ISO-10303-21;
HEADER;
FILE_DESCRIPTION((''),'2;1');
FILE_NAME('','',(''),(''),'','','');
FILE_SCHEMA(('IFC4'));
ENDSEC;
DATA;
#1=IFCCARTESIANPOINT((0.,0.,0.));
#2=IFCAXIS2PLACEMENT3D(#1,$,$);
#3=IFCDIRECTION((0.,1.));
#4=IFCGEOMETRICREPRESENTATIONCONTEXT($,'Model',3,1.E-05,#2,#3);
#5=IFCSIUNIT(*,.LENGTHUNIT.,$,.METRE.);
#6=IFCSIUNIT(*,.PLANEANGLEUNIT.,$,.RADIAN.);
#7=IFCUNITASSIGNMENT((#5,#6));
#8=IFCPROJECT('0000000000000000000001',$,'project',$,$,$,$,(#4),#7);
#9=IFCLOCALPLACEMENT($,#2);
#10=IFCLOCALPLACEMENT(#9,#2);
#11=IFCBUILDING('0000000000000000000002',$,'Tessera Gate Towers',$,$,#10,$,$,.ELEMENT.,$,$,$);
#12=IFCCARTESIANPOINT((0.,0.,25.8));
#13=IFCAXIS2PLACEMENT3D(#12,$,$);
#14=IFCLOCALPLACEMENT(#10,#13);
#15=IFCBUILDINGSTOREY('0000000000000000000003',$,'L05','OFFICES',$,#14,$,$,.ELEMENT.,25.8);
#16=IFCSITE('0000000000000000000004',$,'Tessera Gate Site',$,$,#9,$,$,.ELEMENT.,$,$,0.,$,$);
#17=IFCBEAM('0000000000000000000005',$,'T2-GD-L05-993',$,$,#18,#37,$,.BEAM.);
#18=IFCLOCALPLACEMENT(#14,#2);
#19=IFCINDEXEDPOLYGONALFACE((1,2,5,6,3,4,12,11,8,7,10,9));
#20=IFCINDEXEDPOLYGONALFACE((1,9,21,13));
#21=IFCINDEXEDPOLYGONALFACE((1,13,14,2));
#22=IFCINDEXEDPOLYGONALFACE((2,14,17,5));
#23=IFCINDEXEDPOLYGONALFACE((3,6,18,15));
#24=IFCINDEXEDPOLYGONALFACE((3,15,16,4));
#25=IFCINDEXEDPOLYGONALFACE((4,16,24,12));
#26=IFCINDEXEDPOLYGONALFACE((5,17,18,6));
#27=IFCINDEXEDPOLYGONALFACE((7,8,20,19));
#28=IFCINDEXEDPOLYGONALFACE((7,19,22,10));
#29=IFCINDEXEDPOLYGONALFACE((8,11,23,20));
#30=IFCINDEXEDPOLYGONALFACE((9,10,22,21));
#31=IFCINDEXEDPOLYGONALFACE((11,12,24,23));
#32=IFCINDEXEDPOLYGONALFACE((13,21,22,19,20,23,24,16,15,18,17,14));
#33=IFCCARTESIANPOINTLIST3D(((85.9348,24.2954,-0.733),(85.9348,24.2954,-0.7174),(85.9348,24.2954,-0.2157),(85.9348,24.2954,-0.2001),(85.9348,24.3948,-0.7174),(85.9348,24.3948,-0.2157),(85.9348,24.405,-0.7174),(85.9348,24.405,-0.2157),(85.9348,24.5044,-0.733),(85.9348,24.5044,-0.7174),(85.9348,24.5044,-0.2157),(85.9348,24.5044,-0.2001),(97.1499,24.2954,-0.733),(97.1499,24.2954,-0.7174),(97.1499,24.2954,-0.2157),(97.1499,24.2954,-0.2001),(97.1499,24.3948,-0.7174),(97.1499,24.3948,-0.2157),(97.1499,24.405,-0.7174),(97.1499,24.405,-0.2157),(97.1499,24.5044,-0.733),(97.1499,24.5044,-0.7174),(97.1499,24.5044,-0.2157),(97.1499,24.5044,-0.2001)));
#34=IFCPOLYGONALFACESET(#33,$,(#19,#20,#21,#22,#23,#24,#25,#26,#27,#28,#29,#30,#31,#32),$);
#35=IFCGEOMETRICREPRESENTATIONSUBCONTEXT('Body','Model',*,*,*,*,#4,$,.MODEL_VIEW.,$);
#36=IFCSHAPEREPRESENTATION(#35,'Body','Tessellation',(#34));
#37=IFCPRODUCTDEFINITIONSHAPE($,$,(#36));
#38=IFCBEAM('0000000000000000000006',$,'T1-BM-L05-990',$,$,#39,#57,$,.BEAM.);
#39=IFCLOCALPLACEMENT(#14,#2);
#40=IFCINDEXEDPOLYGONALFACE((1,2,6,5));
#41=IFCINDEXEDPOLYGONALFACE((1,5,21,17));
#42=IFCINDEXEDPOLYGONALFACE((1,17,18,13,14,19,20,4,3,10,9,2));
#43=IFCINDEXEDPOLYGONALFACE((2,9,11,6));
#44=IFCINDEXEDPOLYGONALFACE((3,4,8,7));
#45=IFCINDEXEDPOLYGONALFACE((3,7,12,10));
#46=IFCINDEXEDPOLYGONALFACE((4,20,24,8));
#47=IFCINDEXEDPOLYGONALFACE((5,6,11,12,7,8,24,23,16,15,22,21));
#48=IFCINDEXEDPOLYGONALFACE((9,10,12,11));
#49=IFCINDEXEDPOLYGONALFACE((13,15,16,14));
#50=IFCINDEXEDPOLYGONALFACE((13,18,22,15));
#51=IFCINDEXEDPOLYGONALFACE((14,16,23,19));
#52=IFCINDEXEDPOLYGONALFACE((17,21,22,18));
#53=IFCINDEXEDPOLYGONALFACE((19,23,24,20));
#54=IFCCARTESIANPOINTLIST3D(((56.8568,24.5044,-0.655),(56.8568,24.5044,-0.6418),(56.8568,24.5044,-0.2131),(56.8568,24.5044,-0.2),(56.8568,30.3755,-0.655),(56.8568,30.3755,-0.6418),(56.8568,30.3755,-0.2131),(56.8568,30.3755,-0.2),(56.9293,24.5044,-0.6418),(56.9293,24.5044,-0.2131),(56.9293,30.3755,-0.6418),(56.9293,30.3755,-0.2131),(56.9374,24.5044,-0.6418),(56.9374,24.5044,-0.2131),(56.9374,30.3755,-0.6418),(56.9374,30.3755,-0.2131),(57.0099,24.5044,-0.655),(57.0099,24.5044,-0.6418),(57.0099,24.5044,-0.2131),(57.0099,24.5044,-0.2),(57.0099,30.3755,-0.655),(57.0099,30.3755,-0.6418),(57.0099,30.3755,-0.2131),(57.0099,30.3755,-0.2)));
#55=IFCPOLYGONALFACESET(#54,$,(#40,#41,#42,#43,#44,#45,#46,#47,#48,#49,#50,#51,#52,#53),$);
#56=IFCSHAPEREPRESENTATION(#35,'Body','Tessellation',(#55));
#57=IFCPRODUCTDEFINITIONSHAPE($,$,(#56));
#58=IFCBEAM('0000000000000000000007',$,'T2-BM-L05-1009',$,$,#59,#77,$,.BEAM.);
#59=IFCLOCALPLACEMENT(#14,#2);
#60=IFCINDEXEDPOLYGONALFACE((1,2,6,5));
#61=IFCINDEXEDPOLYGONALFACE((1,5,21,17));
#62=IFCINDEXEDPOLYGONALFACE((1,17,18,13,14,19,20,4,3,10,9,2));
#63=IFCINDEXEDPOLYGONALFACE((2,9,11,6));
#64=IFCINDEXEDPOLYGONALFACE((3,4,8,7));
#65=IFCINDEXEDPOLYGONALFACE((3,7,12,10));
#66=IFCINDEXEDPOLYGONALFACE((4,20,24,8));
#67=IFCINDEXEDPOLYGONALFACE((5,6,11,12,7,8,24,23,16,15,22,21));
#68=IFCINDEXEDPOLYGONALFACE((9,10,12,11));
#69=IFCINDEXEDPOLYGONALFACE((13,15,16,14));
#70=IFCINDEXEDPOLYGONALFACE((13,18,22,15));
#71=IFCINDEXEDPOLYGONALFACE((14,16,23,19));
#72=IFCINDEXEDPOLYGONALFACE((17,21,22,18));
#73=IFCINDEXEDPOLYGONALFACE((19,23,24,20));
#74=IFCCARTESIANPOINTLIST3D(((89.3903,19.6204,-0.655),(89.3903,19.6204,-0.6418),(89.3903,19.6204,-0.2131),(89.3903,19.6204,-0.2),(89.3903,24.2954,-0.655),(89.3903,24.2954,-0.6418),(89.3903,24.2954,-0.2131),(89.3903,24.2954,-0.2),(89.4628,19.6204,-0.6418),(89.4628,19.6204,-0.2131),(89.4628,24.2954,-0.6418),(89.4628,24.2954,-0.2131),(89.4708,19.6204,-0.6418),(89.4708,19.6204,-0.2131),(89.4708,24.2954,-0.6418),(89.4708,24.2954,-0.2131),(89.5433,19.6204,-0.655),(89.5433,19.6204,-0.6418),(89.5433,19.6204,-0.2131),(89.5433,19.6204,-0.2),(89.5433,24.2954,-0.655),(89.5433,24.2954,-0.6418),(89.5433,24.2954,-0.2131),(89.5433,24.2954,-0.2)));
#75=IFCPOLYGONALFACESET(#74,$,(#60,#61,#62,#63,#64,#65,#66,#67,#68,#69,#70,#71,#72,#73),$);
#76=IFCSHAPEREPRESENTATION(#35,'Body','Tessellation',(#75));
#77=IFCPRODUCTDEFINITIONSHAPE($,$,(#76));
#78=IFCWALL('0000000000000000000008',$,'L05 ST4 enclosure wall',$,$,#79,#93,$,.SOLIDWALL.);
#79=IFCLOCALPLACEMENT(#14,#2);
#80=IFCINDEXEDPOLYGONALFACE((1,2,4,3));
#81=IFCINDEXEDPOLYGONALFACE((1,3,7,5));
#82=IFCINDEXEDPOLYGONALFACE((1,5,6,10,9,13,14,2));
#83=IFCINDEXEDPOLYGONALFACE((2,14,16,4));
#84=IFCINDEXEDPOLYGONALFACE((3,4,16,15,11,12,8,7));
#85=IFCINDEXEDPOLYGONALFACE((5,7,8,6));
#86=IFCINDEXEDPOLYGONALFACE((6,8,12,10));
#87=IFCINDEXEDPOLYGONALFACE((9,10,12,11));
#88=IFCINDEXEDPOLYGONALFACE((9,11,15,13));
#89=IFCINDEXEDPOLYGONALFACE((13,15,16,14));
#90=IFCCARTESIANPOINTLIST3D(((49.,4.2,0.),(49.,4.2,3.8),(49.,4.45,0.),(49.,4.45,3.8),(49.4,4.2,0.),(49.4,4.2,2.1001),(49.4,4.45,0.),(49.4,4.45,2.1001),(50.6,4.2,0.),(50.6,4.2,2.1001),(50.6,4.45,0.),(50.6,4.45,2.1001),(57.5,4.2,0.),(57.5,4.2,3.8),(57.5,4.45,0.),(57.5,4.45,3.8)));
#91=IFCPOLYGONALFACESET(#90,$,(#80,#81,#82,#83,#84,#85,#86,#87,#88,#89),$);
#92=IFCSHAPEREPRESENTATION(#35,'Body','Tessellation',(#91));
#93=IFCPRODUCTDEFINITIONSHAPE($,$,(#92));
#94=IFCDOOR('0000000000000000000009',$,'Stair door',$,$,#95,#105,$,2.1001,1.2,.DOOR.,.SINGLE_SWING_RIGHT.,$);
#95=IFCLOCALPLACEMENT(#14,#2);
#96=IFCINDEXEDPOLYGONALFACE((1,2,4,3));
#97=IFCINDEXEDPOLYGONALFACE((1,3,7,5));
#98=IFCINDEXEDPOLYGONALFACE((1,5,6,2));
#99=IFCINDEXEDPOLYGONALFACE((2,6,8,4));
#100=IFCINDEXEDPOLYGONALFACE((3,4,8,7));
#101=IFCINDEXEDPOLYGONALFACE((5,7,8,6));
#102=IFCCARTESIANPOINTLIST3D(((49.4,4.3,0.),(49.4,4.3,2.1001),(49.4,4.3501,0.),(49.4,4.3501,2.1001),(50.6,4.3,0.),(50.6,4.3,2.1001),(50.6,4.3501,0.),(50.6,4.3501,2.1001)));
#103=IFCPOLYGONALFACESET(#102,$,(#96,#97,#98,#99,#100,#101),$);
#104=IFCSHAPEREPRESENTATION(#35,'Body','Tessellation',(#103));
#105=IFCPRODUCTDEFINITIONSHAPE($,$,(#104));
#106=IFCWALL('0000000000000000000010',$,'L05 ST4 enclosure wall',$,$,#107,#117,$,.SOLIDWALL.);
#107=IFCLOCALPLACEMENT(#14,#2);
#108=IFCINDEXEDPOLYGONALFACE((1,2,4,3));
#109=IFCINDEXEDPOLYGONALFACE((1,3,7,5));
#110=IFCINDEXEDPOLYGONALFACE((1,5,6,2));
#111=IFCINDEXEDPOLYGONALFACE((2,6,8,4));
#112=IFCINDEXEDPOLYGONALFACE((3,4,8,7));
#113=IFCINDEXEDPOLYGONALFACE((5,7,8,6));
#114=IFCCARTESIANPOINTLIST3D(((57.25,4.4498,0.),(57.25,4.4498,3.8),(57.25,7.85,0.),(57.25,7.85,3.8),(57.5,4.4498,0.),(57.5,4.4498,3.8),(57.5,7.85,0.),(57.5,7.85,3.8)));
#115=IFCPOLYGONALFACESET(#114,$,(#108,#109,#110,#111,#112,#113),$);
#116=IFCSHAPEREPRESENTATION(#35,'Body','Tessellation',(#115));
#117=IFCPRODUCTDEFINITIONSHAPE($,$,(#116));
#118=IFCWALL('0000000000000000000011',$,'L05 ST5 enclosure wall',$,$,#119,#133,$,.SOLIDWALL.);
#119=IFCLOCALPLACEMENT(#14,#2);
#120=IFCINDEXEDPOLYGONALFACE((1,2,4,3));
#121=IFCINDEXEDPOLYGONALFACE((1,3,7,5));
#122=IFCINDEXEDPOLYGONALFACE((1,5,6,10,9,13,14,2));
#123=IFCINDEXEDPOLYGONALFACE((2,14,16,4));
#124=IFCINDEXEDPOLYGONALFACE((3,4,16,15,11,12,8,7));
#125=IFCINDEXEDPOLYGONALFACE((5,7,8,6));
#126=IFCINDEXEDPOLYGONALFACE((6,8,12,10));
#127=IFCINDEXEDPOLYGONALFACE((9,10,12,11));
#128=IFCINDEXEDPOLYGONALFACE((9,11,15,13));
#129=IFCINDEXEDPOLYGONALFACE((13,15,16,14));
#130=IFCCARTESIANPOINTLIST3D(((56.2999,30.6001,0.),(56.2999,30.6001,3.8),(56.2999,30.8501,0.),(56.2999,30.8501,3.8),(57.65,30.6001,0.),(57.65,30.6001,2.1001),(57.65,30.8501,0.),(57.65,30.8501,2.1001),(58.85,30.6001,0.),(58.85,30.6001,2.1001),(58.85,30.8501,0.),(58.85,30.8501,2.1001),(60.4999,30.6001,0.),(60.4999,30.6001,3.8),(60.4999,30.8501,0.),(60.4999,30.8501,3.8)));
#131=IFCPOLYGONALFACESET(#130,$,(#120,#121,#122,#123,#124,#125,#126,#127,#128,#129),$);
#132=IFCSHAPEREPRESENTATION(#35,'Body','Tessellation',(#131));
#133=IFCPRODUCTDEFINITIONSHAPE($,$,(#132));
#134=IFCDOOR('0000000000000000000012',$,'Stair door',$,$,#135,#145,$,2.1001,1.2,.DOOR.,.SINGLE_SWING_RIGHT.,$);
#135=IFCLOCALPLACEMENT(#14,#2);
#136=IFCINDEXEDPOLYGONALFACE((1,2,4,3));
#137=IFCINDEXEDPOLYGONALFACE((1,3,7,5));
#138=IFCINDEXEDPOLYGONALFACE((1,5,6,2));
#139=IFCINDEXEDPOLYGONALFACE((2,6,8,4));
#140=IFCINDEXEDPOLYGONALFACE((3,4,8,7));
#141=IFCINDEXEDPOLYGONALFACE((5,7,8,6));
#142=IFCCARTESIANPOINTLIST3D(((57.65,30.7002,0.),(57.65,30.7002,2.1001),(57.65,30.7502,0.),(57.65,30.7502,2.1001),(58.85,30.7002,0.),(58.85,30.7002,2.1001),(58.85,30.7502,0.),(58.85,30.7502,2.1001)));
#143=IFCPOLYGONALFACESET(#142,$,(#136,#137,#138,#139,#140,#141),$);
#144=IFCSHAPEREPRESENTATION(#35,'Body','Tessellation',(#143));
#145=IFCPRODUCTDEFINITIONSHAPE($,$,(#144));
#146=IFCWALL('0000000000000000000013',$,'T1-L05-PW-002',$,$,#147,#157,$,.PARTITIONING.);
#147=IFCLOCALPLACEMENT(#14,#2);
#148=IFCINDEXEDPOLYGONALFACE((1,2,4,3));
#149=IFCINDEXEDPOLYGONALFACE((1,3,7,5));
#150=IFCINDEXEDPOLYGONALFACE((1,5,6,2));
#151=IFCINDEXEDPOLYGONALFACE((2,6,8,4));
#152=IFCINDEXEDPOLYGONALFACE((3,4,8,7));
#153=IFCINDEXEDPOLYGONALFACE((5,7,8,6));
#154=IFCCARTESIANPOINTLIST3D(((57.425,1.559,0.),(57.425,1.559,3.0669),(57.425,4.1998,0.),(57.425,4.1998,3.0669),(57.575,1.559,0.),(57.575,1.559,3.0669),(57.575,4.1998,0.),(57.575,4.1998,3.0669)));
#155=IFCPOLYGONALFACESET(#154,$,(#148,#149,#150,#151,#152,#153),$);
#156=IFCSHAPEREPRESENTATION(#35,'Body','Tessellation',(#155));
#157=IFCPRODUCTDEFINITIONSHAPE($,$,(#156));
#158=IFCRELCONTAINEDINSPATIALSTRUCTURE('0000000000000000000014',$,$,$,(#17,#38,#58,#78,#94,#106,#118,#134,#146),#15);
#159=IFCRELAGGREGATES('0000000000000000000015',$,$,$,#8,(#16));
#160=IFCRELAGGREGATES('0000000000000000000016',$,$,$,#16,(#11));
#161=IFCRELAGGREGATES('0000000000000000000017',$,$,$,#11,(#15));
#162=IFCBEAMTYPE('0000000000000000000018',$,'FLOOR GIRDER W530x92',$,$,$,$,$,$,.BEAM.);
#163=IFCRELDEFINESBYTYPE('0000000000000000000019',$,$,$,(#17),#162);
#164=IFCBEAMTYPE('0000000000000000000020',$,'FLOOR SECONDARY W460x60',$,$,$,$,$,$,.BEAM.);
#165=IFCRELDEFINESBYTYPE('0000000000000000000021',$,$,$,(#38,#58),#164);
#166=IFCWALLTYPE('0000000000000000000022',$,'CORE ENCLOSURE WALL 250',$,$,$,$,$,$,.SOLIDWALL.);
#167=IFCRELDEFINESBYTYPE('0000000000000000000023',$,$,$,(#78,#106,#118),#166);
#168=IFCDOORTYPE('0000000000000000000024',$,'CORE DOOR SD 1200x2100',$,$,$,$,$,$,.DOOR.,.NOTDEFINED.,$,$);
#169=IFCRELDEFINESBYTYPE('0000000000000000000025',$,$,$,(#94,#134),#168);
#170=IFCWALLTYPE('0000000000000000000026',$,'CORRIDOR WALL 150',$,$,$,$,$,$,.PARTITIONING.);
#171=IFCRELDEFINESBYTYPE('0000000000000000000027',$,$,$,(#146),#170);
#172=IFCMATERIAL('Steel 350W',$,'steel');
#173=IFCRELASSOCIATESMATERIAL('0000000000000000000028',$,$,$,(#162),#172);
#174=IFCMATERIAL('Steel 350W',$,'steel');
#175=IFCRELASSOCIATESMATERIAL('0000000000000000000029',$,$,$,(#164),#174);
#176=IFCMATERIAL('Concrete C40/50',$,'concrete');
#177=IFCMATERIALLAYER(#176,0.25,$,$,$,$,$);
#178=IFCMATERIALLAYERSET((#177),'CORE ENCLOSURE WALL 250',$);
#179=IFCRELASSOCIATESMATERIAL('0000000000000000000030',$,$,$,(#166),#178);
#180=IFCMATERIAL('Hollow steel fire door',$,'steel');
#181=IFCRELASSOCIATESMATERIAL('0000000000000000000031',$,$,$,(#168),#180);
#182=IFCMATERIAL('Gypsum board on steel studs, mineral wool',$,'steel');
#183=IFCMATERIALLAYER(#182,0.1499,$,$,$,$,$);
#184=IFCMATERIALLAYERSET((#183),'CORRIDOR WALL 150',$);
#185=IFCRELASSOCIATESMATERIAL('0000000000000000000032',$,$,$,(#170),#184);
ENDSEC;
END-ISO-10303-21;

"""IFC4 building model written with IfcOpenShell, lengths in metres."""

from ifc_helpers import new_model, si_unit, direction, frame, frame_2d, origin, origin_2d, place, context, subcontext, project, spatial, rectangle, i_section, extrude, source, transform, mapped, material, layer, layer_set, material_profile, profile_set, type_object, element, fill, save


model = new_model("IFC4")

# Units and contexts
model_context = context("Model", 3, precision=1e-05, world=origin(), true_north=direction((0.0, 1.0)))
body_context = subcontext(model_context, "Body", "Model", "MODEL_VIEW")
ifc_project = project(units=[si_unit("LENGTHUNIT", "METRE"), si_unit("PLANEANGLEUNIT", "RADIAN")], contexts=[model_context])

# Site, building, storey
site_placement = place(None, origin())
site = spatial("IfcSite", under=ifc_project, at=site_placement, Name="Tessera Gate Site", CompositionType="ELEMENT", RefElevation=0.0)
building_placement = place(site_placement, origin())
building = spatial("IfcBuilding", under=site, at=building_placement, Name="Tessera Gate Towers", CompositionType="ELEMENT")
storey_placement = place(building_placement, frame((0.0, 0.0, 25.8)))
storey = spatial("IfcBuildingStorey", under=building, at=storey_placement, Name="L05", Description="OFFICES", CompositionType="ELEMENT", Elevation=25.8)

# Beams
ifc_material_1 = material(Name="Steel 350W", Category="steel")
ifc_material_profile_1 = material_profile(ifc_material_1, i_section(OverallWidth=0.209, OverallDepth=0.533, WebThickness=0.0103, FlangeThickness=0.0156, at=origin_2d()), Name="W530x92")
ifc_profile_set_1 = profile_set([ifc_material_profile_1], Name="Steel 350W")
beam_type_1 = type_object("IfcBeamType", Name="FLOOR GIRDER W530x92", PredefinedType="BEAM", material=ifc_profile_set_1)
beam_1_placement = place(storey_placement, frame((85.9348, 24.3999, -0.4666), z_axis=(1.0, 0.0, 0.0), x_axis=(0.0, 1.0, 0.0)))
element("IfcBeam", 1, at=beam_1_placement, inside=storey, type_object=beam_type_1, Name="T2-GD-L05-993", PredefinedType="BEAM", context=body_context, shape_type="SweptSolid", body=[
    extrude(i_section(OverallWidth=0.209, OverallDepth=0.533, WebThickness=0.0103, FlangeThickness=0.0156, at=origin_2d()), origin(), (0.0, 0.0, 1.0), 11.2151),
])
ifc_material_2 = material(Name="Steel 350W", Category="steel")
ifc_material_profile_2 = material_profile(ifc_material_2, i_section(OverallWidth=0.1531, OverallDepth=0.4551, WebThickness=0.0081, FlangeThickness=0.0132, at=origin_2d()), Name="W460x60")
ifc_profile_set_2 = profile_set([ifc_material_profile_2], Name="Steel 350W")
beam_type_2 = type_object("IfcBeamType", Name="FLOOR SECONDARY W460x60", PredefinedType="BEAM", material=ifc_profile_set_2)
beam_2_placement = place(storey_placement, frame((56.9333, 24.5044, -0.4275), z_axis=(0.0, 1.0, 0.0), x_axis=(-1.0, 0.0, 0.0)))
element("IfcBeam", 2, at=beam_2_placement, inside=storey, type_object=beam_type_2, Name="T1-BM-L05-990", PredefinedType="BEAM", context=body_context, shape_type="SweptSolid", body=[
    extrude(i_section(OverallWidth=0.1531, OverallDepth=0.4551, WebThickness=0.0081, FlangeThickness=0.0132, at=origin_2d()), origin(), (0.0, 0.0, 1.0), 5.8711),
])
beam_3_placement = place(storey_placement, frame((89.4668, 19.6204, -0.4275), z_axis=(0.0, 1.0, 0.0), x_axis=(-1.0, 0.0, 0.0)))
element("IfcBeam", 3, at=beam_3_placement, inside=storey, type_object=beam_type_2, Name="T2-BM-L05-1009", PredefinedType="BEAM", context=body_context, shape_type="SweptSolid", body=[
    extrude(i_section(OverallWidth=0.1531, OverallDepth=0.4551, WebThickness=0.0081, FlangeThickness=0.0132, at=origin_2d()), origin(), (0.0, 0.0, 1.0), 4.675),
])

# Wall, opening, door
ifc_material_3 = material(Name="Concrete C40/50", Category="concrete")
ifc_layer_1 = layer(ifc_material_3, 0.25)
ifc_layer_set_1 = layer_set([ifc_layer_1], Name="CORE ENCLOSURE WALL 250")
wall_type_1 = type_object("IfcWallType", Name="CORE ENCLOSURE WALL 250", PredefinedType="SOLIDWALL", material=ifc_layer_set_1)
wall_1_placement = place(storey_placement, frame((57.5, 4.325, 0.0), z_axis=(0.0, 0.0, 1.0), x_axis=(-1.0, 0.0, 0.0)))
wall_1 = element("IfcWall", 4, at=wall_1_placement, inside=storey, type_object=wall_type_1, Name="L05 ST4 enclosure wall", PredefinedType="SOLIDWALL", context=body_context, shape_type="SweptSolid", body=[
    extrude(rectangle(XDim=8.5, YDim=0.25, at=frame_2d((4.25, 0.0))), origin(), (0.0, 0.0, 1.0), 3.8),
])
shared_shape_1 = source(origin(), body_context, "Body", "SweptSolid", [
    extrude(rectangle(XDim=1.2, YDim=2.1001, at=frame_2d((0.6001, 1.05))), frame((0.0, 0.135, 0.0), z_axis=(0.0, -1.0, 0.0), x_axis=(1.0, 0.0, 0.0)), (0.0, 0.0, 1.0), 0.27),
])
opening_1_placement = place(wall_1_placement, frame((6.8999, 0.0, 0.0)))
opening_1 = element("IfcOpeningElement", 5, at=opening_1_placement, cuts=wall_1, PredefinedType="OPENING", context=body_context, shape_type="MappedRepresentation", body=[
    mapped(shared_shape_1, transform((0.0, 0.0, 0.0), scale=1.0)),
])
ifc_material_4 = material(Name="Hollow steel fire door", Category="steel")
door_type_1 = type_object("IfcDoorType", Name="CORE DOOR SD 1200x2100", OperationType="NOTDEFINED", PredefinedType="DOOR", material=ifc_material_4)
shared_shape_2 = source(origin(), body_context, "Body", "SweptSolid", [
    extrude(rectangle(XDim=1.2, YDim=2.1001, at=frame_2d((0.6001, 1.05))), frame((0.0, 0.0249, 0.0), z_axis=(0.0, -1.0, 0.0), x_axis=(1.0, 0.0, 0.0)), (0.0, 0.0, 1.0), 0.05),
])
door_1_placement = place(opening_1_placement, origin())
door_1 = element("IfcDoor", 6, at=door_1_placement, inside=storey, type_object=door_type_1, Name="Stair door", OperationType="SINGLE_SWING_RIGHT", OverallHeight=2.1001, OverallWidth=1.2, PredefinedType="DOOR", context=body_context, shape_type="MappedRepresentation", body=[
    mapped(shared_shape_2, transform((0.0, 0.0, 0.0), scale=1.0)),
])
fill(opening_1, door_1)

# Wall
wall_2_placement = place(storey_placement, frame((57.375, 7.8501, 0.0), z_axis=(0.0, 0.0, 1.0), x_axis=(0.0, -1.0, 0.0)))
element("IfcWall", 7, at=wall_2_placement, inside=storey, type_object=wall_type_1, Name="L05 ST4 enclosure wall", PredefinedType="SOLIDWALL", context=body_context, shape_type="SweptSolid", body=[
    extrude(rectangle(XDim=3.4001, YDim=0.25, at=frame_2d((1.7002, 0.0))), origin(), (0.0, 0.0, 1.0), 3.8),
])

# Wall, opening, door
wall_3_placement = place(storey_placement, frame((60.5, 30.7251, 0.0), z_axis=(0.0, 0.0, 1.0), x_axis=(-1.0, 0.0, 0.0)))
wall_3 = element("IfcWall", 8, at=wall_3_placement, inside=storey, type_object=wall_type_1, Name="L05 ST5 enclosure wall", PredefinedType="SOLIDWALL", context=body_context, shape_type="SweptSolid", body=[
    extrude(rectangle(XDim=4.2, YDim=0.25, at=frame_2d((2.1001, 0.0))), origin(), (0.0, 0.0, 1.0), 3.8),
])
opening_2_placement = place(wall_3_placement, frame((1.6499, 0.0, 0.0)))
opening_2 = element("IfcOpeningElement", 9, at=opening_2_placement, cuts=wall_3, PredefinedType="OPENING", context=body_context, shape_type="MappedRepresentation", body=[
    mapped(shared_shape_1, transform((0.0, 0.0, 0.0), scale=1.0)),
])
door_2_placement = place(opening_2_placement, origin())
door_2 = element("IfcDoor", 10, at=door_2_placement, inside=storey, type_object=door_type_1, Name="Stair door", OperationType="SINGLE_SWING_RIGHT", OverallHeight=2.1001, OverallWidth=1.2, PredefinedType="DOOR", context=body_context, shape_type="MappedRepresentation", body=[
    mapped(shared_shape_2, transform((0.0, 0.0, 0.0), scale=1.0)),
])
fill(opening_2, door_2)

# Wall
ifc_material_5 = material(Name="Gypsum board on steel studs, mineral wool", Category="steel")
ifc_layer_2 = layer(ifc_material_5, 0.1499)
ifc_layer_set_2 = layer_set([ifc_layer_2], Name="CORRIDOR WALL 150")
wall_type_2 = type_object("IfcWallType", Name="CORRIDOR WALL 150", PredefinedType="PARTITIONING", material=ifc_layer_set_2)
wall_4_placement = place(storey_placement, frame((57.5, 1.5591, 0.0), z_axis=(0.0, 0.0, 1.0), x_axis=(0.0, 1.0, 0.0)))
element("IfcWall", 11, at=wall_4_placement, inside=storey, type_object=wall_type_2, Name="T1-L05-PW-002", PredefinedType="PARTITIONING", context=body_context, shape_type="SweptSolid", body=[
    extrude(rectangle(XDim=2.6409, YDim=0.1499, at=frame_2d((1.3203, 0.0))), origin(), (0.0, 0.0, 1.0), 3.0669),
])

save(model, "model.ifc")
